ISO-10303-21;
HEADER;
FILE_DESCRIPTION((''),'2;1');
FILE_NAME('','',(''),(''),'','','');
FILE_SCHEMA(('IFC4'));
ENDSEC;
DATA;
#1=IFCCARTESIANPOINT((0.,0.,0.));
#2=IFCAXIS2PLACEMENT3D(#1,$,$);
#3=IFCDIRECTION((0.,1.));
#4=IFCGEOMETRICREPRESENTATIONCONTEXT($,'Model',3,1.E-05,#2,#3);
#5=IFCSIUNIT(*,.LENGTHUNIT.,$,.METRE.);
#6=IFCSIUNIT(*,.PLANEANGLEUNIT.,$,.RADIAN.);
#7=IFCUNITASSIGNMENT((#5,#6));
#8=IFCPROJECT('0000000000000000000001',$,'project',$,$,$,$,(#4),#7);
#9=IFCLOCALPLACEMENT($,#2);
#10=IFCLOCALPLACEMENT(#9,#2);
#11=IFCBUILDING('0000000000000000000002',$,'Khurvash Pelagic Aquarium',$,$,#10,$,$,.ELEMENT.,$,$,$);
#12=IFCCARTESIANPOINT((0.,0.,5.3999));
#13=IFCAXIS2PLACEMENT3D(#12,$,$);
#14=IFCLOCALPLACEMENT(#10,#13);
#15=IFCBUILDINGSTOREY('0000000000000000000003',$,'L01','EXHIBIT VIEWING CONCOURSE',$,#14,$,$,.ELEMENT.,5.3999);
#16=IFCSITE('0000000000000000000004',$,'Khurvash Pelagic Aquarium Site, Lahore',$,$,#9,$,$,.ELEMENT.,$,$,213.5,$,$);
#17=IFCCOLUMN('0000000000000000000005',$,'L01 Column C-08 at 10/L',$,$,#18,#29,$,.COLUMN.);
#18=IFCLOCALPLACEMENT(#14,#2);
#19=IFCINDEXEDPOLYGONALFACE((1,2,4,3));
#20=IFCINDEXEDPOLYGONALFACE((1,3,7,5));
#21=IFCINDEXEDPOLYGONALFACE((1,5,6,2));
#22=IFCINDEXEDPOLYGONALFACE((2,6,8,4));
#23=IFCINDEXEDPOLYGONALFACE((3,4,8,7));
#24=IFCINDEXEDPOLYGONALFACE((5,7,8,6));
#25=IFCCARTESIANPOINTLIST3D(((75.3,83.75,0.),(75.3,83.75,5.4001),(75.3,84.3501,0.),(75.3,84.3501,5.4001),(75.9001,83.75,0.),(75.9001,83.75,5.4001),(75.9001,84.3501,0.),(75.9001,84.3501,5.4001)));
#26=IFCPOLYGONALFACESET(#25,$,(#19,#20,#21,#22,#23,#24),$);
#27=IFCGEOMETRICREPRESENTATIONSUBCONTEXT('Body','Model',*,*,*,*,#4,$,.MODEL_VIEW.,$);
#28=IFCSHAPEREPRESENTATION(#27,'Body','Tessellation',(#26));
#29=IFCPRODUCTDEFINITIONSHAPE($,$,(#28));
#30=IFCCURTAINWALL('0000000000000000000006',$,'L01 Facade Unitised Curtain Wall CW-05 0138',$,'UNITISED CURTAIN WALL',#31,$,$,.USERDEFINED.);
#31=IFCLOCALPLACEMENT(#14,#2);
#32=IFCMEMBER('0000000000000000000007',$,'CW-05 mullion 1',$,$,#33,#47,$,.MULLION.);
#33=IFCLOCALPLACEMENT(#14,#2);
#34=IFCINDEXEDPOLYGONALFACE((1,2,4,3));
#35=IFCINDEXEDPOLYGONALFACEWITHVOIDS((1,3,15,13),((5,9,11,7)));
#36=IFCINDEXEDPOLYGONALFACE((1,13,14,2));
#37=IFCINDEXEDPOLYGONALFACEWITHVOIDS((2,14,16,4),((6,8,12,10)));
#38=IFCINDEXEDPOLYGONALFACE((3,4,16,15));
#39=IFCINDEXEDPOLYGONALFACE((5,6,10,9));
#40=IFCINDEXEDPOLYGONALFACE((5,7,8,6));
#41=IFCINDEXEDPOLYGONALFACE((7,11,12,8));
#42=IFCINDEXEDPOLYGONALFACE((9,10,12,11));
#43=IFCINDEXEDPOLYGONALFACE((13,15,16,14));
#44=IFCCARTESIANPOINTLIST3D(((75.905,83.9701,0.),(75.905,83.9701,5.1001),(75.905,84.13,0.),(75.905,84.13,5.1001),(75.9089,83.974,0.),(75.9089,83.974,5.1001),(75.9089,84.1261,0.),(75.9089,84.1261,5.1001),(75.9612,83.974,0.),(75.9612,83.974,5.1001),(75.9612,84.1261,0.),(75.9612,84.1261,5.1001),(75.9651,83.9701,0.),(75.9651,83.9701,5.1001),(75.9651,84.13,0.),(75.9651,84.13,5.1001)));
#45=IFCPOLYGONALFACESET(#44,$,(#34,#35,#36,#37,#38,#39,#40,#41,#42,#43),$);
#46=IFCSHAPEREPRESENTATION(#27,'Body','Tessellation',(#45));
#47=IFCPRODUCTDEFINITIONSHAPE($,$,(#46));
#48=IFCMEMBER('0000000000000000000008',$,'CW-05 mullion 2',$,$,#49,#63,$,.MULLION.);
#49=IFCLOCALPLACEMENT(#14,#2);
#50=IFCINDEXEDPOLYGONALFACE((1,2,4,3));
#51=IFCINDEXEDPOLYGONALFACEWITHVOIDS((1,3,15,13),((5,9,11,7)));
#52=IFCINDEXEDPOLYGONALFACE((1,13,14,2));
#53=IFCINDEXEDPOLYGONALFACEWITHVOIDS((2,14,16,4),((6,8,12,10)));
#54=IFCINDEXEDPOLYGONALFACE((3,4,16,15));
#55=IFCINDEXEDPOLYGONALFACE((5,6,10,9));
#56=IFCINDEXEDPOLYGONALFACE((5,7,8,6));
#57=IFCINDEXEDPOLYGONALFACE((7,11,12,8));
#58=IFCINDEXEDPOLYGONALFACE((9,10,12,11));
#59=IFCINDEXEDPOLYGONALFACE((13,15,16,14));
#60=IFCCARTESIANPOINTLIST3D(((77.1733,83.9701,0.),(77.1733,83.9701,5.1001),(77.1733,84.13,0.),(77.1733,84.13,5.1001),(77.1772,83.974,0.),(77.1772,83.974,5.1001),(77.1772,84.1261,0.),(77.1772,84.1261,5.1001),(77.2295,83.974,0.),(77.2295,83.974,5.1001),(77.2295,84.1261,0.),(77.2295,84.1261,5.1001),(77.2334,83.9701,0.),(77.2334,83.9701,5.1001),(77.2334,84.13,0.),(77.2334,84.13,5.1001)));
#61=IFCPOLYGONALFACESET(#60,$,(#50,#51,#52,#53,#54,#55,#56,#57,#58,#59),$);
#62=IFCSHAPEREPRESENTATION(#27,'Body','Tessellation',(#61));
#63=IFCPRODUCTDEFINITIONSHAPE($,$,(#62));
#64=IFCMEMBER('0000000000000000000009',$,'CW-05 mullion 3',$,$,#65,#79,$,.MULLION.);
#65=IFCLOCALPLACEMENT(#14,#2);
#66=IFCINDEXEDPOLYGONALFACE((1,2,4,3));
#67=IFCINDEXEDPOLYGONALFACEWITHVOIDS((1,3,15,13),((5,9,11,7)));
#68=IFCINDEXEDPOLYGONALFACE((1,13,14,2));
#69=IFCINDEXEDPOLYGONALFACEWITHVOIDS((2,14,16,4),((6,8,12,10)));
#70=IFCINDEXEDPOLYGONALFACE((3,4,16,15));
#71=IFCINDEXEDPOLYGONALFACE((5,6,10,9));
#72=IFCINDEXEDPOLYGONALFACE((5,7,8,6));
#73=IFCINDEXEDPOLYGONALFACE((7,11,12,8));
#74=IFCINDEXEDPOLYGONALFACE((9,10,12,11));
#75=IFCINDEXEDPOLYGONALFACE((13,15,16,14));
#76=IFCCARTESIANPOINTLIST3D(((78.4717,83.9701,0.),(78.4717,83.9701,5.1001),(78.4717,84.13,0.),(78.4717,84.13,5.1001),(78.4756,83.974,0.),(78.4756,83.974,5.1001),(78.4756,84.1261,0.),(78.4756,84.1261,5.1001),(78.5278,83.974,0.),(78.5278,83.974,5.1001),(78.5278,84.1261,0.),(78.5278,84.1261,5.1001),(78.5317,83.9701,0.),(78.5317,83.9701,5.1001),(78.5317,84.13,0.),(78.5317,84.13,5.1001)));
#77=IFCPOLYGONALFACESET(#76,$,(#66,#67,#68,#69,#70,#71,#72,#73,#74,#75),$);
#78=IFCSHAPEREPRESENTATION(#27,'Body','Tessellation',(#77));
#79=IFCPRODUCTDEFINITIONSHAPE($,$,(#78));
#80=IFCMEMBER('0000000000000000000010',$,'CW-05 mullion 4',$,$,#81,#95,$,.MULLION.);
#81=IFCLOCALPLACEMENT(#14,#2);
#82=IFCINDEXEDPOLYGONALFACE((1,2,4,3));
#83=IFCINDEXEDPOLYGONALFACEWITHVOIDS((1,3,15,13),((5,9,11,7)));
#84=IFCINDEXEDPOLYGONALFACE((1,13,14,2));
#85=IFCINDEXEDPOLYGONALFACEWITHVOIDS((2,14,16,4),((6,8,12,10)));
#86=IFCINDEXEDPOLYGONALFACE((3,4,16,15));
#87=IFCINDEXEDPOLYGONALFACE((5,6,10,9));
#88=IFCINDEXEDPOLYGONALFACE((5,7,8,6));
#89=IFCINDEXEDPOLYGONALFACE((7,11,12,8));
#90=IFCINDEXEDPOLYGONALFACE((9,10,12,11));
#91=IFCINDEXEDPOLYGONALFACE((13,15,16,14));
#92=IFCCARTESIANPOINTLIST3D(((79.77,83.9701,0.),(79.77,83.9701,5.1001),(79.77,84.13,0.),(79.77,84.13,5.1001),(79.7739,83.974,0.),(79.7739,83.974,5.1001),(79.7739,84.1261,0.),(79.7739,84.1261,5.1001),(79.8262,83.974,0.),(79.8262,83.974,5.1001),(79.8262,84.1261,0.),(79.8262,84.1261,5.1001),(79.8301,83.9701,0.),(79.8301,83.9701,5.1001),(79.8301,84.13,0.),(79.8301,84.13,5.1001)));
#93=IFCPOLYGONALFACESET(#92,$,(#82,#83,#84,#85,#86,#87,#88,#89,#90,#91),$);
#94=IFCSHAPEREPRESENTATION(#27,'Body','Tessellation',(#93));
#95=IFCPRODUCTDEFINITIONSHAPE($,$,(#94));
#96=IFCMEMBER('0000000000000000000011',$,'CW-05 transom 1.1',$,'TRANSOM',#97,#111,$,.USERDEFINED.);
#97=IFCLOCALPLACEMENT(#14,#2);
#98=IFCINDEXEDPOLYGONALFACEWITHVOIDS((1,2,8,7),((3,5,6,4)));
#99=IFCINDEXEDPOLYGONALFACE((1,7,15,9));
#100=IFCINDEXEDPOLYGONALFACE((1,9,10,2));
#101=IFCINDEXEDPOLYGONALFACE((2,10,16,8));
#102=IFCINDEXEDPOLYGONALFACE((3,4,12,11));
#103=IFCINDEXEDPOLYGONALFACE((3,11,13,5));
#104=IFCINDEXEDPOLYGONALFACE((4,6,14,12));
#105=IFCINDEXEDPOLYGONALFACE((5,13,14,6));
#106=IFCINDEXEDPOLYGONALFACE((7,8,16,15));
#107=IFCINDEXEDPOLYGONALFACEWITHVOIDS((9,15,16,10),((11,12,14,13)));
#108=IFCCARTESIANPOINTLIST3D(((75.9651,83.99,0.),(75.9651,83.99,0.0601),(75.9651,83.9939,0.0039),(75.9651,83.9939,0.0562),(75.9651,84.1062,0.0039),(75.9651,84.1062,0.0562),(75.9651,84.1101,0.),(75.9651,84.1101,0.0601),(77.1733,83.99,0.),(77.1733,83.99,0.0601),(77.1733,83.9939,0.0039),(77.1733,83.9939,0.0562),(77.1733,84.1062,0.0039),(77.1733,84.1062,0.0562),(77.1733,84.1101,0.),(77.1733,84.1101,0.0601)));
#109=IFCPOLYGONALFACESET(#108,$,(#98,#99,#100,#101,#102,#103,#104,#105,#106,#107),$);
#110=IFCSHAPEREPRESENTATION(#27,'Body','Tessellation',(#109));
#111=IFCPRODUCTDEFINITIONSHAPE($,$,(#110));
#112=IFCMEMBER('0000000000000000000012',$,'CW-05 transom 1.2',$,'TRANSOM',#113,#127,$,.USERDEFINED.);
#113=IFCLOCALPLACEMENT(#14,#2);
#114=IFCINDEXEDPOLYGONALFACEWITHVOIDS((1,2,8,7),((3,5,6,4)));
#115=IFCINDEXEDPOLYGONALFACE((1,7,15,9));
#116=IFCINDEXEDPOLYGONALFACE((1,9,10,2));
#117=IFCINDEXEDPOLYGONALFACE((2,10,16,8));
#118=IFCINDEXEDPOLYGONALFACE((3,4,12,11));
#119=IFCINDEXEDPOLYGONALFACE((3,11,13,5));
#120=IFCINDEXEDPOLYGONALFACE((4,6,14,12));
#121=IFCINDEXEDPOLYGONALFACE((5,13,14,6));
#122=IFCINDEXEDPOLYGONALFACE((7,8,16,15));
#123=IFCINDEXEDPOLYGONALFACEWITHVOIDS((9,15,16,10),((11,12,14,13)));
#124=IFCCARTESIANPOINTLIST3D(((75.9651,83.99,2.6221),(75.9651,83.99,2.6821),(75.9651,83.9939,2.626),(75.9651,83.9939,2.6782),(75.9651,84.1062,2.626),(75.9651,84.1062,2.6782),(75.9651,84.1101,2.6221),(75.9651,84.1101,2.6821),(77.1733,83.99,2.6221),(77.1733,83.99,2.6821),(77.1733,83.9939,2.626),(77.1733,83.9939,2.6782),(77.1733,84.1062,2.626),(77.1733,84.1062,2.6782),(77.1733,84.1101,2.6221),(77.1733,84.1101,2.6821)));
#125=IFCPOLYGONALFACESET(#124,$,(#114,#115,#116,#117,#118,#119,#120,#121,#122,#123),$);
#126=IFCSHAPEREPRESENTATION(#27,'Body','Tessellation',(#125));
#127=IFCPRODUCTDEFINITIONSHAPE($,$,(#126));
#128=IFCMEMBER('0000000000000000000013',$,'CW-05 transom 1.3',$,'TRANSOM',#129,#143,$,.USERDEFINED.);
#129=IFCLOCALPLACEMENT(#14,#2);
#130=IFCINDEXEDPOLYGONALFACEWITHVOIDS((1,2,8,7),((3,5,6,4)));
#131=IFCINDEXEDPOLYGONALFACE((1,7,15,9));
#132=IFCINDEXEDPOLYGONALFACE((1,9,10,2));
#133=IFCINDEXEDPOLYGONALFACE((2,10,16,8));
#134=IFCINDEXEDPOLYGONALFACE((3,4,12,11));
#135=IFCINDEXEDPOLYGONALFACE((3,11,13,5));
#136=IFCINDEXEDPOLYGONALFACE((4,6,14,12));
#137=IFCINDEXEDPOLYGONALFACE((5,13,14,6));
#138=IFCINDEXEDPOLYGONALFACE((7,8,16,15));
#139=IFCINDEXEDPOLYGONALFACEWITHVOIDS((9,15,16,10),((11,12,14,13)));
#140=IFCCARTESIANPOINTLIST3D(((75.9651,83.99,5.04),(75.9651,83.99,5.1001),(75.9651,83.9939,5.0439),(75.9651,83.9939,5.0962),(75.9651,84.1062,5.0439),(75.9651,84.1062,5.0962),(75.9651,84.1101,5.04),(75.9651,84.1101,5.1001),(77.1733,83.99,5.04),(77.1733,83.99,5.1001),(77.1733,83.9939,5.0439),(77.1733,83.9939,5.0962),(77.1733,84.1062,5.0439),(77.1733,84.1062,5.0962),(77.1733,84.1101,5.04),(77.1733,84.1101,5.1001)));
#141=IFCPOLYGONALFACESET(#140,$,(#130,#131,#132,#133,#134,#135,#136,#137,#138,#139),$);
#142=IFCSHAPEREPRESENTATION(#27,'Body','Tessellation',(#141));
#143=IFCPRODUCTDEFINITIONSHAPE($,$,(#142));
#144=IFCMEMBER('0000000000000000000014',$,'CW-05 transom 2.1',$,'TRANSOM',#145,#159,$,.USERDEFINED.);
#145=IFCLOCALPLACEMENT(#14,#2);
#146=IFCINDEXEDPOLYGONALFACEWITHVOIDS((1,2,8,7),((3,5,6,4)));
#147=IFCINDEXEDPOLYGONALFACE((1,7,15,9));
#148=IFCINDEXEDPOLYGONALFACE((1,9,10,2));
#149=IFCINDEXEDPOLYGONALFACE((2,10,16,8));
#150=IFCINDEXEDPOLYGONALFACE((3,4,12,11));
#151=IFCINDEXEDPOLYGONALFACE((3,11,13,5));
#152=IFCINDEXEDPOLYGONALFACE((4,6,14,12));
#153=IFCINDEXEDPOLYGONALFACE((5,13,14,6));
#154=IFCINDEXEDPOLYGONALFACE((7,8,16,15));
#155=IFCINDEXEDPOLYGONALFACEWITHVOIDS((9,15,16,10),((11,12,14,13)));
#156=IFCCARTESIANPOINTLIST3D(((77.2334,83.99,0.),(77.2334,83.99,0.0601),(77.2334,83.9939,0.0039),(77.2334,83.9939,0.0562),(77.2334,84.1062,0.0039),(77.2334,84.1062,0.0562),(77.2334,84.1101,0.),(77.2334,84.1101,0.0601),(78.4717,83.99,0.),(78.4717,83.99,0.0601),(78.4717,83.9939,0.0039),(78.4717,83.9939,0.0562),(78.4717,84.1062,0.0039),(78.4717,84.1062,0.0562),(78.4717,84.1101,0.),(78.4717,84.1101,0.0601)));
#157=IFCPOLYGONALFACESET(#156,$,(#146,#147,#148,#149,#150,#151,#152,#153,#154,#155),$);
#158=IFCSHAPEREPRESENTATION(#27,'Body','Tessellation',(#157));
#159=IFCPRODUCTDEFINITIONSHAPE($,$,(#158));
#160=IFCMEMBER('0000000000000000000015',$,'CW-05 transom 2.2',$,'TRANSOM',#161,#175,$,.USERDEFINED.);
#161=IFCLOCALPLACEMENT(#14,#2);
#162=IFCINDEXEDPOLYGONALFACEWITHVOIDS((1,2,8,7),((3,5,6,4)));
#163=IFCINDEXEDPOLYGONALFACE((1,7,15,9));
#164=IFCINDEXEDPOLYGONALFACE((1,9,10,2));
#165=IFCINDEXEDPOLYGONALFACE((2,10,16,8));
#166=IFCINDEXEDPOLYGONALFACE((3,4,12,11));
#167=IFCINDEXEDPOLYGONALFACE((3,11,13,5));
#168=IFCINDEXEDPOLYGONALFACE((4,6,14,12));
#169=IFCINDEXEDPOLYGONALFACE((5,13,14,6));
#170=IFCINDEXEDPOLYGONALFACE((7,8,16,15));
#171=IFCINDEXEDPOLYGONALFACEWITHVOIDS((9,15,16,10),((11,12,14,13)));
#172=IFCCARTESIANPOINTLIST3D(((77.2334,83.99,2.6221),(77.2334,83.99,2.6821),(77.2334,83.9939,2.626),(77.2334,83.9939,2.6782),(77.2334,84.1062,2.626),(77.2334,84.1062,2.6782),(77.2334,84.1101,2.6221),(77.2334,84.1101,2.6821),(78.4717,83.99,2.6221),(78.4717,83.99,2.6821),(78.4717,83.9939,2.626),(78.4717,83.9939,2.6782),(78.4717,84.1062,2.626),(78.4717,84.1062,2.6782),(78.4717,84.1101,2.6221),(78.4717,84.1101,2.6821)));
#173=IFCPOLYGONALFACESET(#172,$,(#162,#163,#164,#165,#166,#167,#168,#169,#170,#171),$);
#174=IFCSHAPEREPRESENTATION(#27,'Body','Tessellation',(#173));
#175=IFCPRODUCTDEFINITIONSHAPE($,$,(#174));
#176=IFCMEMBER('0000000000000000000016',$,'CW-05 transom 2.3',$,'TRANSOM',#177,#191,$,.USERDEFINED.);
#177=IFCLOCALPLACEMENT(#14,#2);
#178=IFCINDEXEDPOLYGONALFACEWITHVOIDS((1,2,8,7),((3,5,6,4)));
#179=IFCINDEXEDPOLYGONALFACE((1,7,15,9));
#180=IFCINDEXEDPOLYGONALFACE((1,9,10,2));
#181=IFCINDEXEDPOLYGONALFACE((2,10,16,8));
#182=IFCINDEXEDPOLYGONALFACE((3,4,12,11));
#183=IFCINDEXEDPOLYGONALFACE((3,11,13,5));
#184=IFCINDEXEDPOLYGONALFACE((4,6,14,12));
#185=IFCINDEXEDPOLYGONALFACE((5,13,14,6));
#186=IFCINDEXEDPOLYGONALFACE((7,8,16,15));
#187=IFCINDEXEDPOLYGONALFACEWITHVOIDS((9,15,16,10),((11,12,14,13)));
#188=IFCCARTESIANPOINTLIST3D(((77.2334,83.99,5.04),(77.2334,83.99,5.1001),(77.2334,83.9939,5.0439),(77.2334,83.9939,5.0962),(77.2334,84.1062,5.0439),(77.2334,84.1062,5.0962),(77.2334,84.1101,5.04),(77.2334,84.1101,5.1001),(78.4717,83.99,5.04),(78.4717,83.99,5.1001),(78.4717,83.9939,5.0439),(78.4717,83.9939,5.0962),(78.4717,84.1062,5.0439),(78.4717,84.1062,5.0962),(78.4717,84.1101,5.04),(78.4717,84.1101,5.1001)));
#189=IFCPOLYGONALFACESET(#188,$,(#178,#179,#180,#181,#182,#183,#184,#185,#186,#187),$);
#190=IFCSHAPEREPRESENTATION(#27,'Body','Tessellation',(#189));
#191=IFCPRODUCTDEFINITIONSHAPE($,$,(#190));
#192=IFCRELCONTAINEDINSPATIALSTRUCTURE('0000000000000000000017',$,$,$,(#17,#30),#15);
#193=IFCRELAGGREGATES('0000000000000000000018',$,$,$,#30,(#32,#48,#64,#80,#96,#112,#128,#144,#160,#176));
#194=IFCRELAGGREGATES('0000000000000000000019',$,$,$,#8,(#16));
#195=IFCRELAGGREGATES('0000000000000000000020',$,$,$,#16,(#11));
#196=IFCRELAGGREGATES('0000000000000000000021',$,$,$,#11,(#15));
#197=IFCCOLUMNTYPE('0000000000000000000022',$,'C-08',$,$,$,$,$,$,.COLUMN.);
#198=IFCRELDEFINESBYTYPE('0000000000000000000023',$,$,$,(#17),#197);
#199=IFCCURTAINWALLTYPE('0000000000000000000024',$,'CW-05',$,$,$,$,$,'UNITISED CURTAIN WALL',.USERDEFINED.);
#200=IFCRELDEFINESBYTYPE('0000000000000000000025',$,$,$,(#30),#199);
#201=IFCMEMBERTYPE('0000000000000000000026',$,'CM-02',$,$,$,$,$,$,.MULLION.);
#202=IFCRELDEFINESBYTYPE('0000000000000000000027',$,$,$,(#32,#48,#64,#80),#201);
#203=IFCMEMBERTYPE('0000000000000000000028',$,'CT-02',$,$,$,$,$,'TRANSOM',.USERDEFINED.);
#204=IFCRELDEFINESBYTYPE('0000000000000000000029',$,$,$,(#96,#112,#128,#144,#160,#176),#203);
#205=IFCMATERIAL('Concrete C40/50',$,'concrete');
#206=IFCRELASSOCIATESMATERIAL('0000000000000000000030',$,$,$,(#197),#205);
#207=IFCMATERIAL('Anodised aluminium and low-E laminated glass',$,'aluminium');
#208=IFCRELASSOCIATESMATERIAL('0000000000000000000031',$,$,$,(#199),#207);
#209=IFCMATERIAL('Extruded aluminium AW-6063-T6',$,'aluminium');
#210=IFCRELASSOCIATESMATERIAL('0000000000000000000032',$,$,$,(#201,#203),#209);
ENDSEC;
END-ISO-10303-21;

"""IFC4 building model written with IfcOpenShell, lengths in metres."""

from ifc_helpers import new_model, si_unit, direction, frame, origin, origin_2d, place, context, subcontext, project, spatial, rectangle, hollow_rectangle, extrude, material, material_profile, profile_set, type_object, element, aggregate, save


model = new_model("IFC4")

# Units and contexts
model_context = context("Model", 3, precision=1e-05, world=origin(), true_north=direction((0.0, 1.0)))
body_context = subcontext(model_context, "Body", "Model", "MODEL_VIEW")
ifc_project = project(units=[si_unit("LENGTHUNIT", "METRE"), si_unit("PLANEANGLEUNIT", "RADIAN")], contexts=[model_context])

# Site, building, storey
site_placement = place(None, origin())
site = spatial("IfcSite", under=ifc_project, at=site_placement, Name="Khurvash Pelagic Aquarium Site, Lahore", CompositionType="ELEMENT", RefElevation=213.5)
building_placement = place(site_placement, origin())
building = spatial("IfcBuilding", under=site, at=building_placement, Name="Khurvash Pelagic Aquarium", CompositionType="ELEMENT")
storey_placement = place(building_placement, frame((0.0, 0.0, 5.3999)))
storey = spatial("IfcBuildingStorey", under=building, at=storey_placement, Name="L01", Description="EXHIBIT VIEWING CONCOURSE", CompositionType="ELEMENT", Elevation=5.3999)

# Column
ifc_material_1 = material(Name="Concrete C40/50", Category="concrete")
ifc_material_profile_1 = material_profile(ifc_material_1, rectangle(XDim=0.6001, YDim=0.6001, at=origin_2d()), Name="RC600X600")
ifc_profile_set_1 = profile_set([ifc_material_profile_1], Name="Concrete C40/50")
column_type = type_object("IfcColumnType", Name="C-08", PredefinedType="COLUMN", material=ifc_profile_set_1)
column_placement = place(storey_placement, frame((75.6001, 84.05, 0.0), z_axis=(0.0, 0.0, 1.0), x_axis=(1.0, 0.0, 0.0)))
element("IfcColumn", 1, at=column_placement, inside=storey, type_object=column_type, Name="L01 Column C-08 at 10/L", PredefinedType="COLUMN", context=body_context, shape_type="SweptSolid", body=[
    extrude(rectangle(XDim=0.6001, YDim=0.6001, at=origin_2d()), origin(), (0.0, 0.0, 1.0), 5.4001),
])

# Curtain wall, members
ifc_material_2 = material(Name="Anodised aluminium and low-E laminated glass", Category="aluminium")
curtain_wall_type = type_object("IfcCurtainWallType", Name="CW-05", ElementType="UNITISED CURTAIN WALL", PredefinedType="USERDEFINED", material=ifc_material_2)
curtain_wall_placement = place(storey_placement, origin())
curtain_wall = element("IfcCurtainWall", 2, at=curtain_wall_placement, inside=storey, type_object=curtain_wall_type, Name="L01 Facade Unitised Curtain Wall CW-05 0138", ObjectType="UNITISED CURTAIN WALL", PredefinedType="USERDEFINED")
ifc_material_3 = material(Name="Extruded aluminium AW-6063-T6", Category="aluminium")
ifc_material_profile_2 = material_profile(ifc_material_3, hollow_rectangle(XDim=0.0601, YDim=0.1599, WallThickness=0.0039, at=origin_2d()), Name="CWM60X160X4")
ifc_profile_set_2 = profile_set([ifc_material_profile_2], Name="Extruded aluminium AW-6063-T6")
member_type_1 = type_object("IfcMemberType", Name="CM-02", PredefinedType="MULLION", material=ifc_profile_set_2)
member_1_placement = place(storey_placement, frame((75.9351, 84.05, 0.0), z_axis=(0.0, 0.0, 1.0), x_axis=(1.0, 0.0, 0.0)))
member_1 = element("IfcMember", 3, at=member_1_placement, type_object=member_type_1, Name="CW-05 mullion 1", PredefinedType="MULLION", context=body_context, shape_type="SweptSolid", body=[
    extrude(hollow_rectangle(XDim=0.0601, YDim=0.1599, WallThickness=0.0039, at=origin_2d()), origin(), (0.0, 0.0, 1.0), 5.1001),
])
member_2_placement = place(storey_placement, frame((77.2034, 84.05, 0.0), z_axis=(0.0, 0.0, 1.0), x_axis=(1.0, 0.0, 0.0)))
member_2 = element("IfcMember", 4, at=member_2_placement, type_object=member_type_1, Name="CW-05 mullion 2", PredefinedType="MULLION", context=body_context, shape_type="SweptSolid", body=[
    extrude(hollow_rectangle(XDim=0.0601, YDim=0.1599, WallThickness=0.0039, at=origin_2d()), origin(), (0.0, 0.0, 1.0), 5.1001),
])
member_3_placement = place(storey_placement, frame((78.5017, 84.05, 0.0), z_axis=(0.0, 0.0, 1.0), x_axis=(1.0, 0.0, 0.0)))
member_3 = element("IfcMember", 5, at=member_3_placement, type_object=member_type_1, Name="CW-05 mullion 3", PredefinedType="MULLION", context=body_context, shape_type="SweptSolid", body=[
    extrude(hollow_rectangle(XDim=0.0601, YDim=0.1599, WallThickness=0.0039, at=origin_2d()), origin(), (0.0, 0.0, 1.0), 5.1001),
])
member_4_placement = place(storey_placement, frame((79.8, 84.05, 0.0), z_axis=(0.0, 0.0, 1.0), x_axis=(1.0, 0.0, 0.0)))
member_4 = element("IfcMember", 6, at=member_4_placement, type_object=member_type_1, Name="CW-05 mullion 4", PredefinedType="MULLION", context=body_context, shape_type="SweptSolid", body=[
    extrude(hollow_rectangle(XDim=0.0601, YDim=0.1599, WallThickness=0.0039, at=origin_2d()), origin(), (0.0, 0.0, 1.0), 5.1001),
])
ifc_material_profile_3 = material_profile(ifc_material_3, hollow_rectangle(XDim=0.1201, YDim=0.0601, WallThickness=0.0039, at=origin_2d()), Name="CWT120X60X4")
ifc_profile_set_3 = profile_set([ifc_material_profile_3], Name="Extruded aluminium AW-6063-T6")
member_type_2 = type_object("IfcMemberType", Name="CT-02", ElementType="TRANSOM", PredefinedType="USERDEFINED", material=ifc_profile_set_3)
member_5_placement = place(storey_placement, frame((75.9651, 84.05, 0.03), z_axis=(1.0, 0.0, 0.0), x_axis=(0.0, 1.0, 0.0)))
member_5 = element("IfcMember", 7, at=member_5_placement, type_object=member_type_2, Name="CW-05 transom 1.1", ObjectType="TRANSOM", PredefinedType="USERDEFINED", context=body_context, shape_type="SweptSolid", body=[
    extrude(hollow_rectangle(XDim=0.1201, YDim=0.0601, WallThickness=0.0039, at=origin_2d()), origin(), (0.0, 0.0, 1.0), 1.2083),
])
member_6_placement = place(storey_placement, frame((75.9651, 84.05, 2.6521), z_axis=(1.0, 0.0, 0.0), x_axis=(0.0, 1.0, 0.0)))
member_6 = element("IfcMember", 8, at=member_6_placement, type_object=member_type_2, Name="CW-05 transom 1.2", ObjectType="TRANSOM", PredefinedType="USERDEFINED", context=body_context, shape_type="SweptSolid", body=[
    extrude(hollow_rectangle(XDim=0.1201, YDim=0.0601, WallThickness=0.0039, at=origin_2d()), origin(), (0.0, 0.0, 1.0), 1.2083),
])
member_7_placement = place(storey_placement, frame((75.9651, 84.05, 5.0701), z_axis=(1.0, 0.0, 0.0), x_axis=(0.0, 1.0, 0.0)))
member_7 = element("IfcMember", 9, at=member_7_placement, type_object=member_type_2, Name="CW-05 transom 1.3", ObjectType="TRANSOM", PredefinedType="USERDEFINED", context=body_context, shape_type="SweptSolid", body=[
    extrude(hollow_rectangle(XDim=0.1201, YDim=0.0601, WallThickness=0.0039, at=origin_2d()), origin(), (0.0, 0.0, 1.0), 1.2083),
])
member_8_placement = place(storey_placement, frame((77.2334, 84.05, 0.03), z_axis=(1.0, 0.0, 0.0), x_axis=(0.0, 1.0, 0.0)))
member_8 = element("IfcMember", 10, at=member_8_placement, type_object=member_type_2, Name="CW-05 transom 2.1", ObjectType="TRANSOM", PredefinedType="USERDEFINED", context=body_context, shape_type="SweptSolid", body=[
    extrude(hollow_rectangle(XDim=0.1201, YDim=0.0601, WallThickness=0.0039, at=origin_2d()), origin(), (0.0, 0.0, 1.0), 1.2383),
])
member_9_placement = place(storey_placement, frame((77.2334, 84.05, 2.6521), z_axis=(1.0, 0.0, 0.0), x_axis=(0.0, 1.0, 0.0)))
member_9 = element("IfcMember", 11, at=member_9_placement, type_object=member_type_2, Name="CW-05 transom 2.2", ObjectType="TRANSOM", PredefinedType="USERDEFINED", context=body_context, shape_type="SweptSolid", body=[
    extrude(hollow_rectangle(XDim=0.1201, YDim=0.0601, WallThickness=0.0039, at=origin_2d()), origin(), (0.0, 0.0, 1.0), 1.2383),
])
member_10_placement = place(storey_placement, frame((77.2334, 84.05, 5.0701), z_axis=(1.0, 0.0, 0.0), x_axis=(0.0, 1.0, 0.0)))
member_10 = element("IfcMember", 12, at=member_10_placement, type_object=member_type_2, Name="CW-05 transom 2.3", ObjectType="TRANSOM", PredefinedType="USERDEFINED", context=body_context, shape_type="SweptSolid", body=[
    extrude(hollow_rectangle(XDim=0.1201, YDim=0.0601, WallThickness=0.0039, at=origin_2d()), origin(), (0.0, 0.0, 1.0), 1.2383),
])

aggregate(curtain_wall, [member_1, member_2, member_3, member_4, member_5, member_6, member_7, member_8, member_9, member_10])

save(model, "model.ifc")
